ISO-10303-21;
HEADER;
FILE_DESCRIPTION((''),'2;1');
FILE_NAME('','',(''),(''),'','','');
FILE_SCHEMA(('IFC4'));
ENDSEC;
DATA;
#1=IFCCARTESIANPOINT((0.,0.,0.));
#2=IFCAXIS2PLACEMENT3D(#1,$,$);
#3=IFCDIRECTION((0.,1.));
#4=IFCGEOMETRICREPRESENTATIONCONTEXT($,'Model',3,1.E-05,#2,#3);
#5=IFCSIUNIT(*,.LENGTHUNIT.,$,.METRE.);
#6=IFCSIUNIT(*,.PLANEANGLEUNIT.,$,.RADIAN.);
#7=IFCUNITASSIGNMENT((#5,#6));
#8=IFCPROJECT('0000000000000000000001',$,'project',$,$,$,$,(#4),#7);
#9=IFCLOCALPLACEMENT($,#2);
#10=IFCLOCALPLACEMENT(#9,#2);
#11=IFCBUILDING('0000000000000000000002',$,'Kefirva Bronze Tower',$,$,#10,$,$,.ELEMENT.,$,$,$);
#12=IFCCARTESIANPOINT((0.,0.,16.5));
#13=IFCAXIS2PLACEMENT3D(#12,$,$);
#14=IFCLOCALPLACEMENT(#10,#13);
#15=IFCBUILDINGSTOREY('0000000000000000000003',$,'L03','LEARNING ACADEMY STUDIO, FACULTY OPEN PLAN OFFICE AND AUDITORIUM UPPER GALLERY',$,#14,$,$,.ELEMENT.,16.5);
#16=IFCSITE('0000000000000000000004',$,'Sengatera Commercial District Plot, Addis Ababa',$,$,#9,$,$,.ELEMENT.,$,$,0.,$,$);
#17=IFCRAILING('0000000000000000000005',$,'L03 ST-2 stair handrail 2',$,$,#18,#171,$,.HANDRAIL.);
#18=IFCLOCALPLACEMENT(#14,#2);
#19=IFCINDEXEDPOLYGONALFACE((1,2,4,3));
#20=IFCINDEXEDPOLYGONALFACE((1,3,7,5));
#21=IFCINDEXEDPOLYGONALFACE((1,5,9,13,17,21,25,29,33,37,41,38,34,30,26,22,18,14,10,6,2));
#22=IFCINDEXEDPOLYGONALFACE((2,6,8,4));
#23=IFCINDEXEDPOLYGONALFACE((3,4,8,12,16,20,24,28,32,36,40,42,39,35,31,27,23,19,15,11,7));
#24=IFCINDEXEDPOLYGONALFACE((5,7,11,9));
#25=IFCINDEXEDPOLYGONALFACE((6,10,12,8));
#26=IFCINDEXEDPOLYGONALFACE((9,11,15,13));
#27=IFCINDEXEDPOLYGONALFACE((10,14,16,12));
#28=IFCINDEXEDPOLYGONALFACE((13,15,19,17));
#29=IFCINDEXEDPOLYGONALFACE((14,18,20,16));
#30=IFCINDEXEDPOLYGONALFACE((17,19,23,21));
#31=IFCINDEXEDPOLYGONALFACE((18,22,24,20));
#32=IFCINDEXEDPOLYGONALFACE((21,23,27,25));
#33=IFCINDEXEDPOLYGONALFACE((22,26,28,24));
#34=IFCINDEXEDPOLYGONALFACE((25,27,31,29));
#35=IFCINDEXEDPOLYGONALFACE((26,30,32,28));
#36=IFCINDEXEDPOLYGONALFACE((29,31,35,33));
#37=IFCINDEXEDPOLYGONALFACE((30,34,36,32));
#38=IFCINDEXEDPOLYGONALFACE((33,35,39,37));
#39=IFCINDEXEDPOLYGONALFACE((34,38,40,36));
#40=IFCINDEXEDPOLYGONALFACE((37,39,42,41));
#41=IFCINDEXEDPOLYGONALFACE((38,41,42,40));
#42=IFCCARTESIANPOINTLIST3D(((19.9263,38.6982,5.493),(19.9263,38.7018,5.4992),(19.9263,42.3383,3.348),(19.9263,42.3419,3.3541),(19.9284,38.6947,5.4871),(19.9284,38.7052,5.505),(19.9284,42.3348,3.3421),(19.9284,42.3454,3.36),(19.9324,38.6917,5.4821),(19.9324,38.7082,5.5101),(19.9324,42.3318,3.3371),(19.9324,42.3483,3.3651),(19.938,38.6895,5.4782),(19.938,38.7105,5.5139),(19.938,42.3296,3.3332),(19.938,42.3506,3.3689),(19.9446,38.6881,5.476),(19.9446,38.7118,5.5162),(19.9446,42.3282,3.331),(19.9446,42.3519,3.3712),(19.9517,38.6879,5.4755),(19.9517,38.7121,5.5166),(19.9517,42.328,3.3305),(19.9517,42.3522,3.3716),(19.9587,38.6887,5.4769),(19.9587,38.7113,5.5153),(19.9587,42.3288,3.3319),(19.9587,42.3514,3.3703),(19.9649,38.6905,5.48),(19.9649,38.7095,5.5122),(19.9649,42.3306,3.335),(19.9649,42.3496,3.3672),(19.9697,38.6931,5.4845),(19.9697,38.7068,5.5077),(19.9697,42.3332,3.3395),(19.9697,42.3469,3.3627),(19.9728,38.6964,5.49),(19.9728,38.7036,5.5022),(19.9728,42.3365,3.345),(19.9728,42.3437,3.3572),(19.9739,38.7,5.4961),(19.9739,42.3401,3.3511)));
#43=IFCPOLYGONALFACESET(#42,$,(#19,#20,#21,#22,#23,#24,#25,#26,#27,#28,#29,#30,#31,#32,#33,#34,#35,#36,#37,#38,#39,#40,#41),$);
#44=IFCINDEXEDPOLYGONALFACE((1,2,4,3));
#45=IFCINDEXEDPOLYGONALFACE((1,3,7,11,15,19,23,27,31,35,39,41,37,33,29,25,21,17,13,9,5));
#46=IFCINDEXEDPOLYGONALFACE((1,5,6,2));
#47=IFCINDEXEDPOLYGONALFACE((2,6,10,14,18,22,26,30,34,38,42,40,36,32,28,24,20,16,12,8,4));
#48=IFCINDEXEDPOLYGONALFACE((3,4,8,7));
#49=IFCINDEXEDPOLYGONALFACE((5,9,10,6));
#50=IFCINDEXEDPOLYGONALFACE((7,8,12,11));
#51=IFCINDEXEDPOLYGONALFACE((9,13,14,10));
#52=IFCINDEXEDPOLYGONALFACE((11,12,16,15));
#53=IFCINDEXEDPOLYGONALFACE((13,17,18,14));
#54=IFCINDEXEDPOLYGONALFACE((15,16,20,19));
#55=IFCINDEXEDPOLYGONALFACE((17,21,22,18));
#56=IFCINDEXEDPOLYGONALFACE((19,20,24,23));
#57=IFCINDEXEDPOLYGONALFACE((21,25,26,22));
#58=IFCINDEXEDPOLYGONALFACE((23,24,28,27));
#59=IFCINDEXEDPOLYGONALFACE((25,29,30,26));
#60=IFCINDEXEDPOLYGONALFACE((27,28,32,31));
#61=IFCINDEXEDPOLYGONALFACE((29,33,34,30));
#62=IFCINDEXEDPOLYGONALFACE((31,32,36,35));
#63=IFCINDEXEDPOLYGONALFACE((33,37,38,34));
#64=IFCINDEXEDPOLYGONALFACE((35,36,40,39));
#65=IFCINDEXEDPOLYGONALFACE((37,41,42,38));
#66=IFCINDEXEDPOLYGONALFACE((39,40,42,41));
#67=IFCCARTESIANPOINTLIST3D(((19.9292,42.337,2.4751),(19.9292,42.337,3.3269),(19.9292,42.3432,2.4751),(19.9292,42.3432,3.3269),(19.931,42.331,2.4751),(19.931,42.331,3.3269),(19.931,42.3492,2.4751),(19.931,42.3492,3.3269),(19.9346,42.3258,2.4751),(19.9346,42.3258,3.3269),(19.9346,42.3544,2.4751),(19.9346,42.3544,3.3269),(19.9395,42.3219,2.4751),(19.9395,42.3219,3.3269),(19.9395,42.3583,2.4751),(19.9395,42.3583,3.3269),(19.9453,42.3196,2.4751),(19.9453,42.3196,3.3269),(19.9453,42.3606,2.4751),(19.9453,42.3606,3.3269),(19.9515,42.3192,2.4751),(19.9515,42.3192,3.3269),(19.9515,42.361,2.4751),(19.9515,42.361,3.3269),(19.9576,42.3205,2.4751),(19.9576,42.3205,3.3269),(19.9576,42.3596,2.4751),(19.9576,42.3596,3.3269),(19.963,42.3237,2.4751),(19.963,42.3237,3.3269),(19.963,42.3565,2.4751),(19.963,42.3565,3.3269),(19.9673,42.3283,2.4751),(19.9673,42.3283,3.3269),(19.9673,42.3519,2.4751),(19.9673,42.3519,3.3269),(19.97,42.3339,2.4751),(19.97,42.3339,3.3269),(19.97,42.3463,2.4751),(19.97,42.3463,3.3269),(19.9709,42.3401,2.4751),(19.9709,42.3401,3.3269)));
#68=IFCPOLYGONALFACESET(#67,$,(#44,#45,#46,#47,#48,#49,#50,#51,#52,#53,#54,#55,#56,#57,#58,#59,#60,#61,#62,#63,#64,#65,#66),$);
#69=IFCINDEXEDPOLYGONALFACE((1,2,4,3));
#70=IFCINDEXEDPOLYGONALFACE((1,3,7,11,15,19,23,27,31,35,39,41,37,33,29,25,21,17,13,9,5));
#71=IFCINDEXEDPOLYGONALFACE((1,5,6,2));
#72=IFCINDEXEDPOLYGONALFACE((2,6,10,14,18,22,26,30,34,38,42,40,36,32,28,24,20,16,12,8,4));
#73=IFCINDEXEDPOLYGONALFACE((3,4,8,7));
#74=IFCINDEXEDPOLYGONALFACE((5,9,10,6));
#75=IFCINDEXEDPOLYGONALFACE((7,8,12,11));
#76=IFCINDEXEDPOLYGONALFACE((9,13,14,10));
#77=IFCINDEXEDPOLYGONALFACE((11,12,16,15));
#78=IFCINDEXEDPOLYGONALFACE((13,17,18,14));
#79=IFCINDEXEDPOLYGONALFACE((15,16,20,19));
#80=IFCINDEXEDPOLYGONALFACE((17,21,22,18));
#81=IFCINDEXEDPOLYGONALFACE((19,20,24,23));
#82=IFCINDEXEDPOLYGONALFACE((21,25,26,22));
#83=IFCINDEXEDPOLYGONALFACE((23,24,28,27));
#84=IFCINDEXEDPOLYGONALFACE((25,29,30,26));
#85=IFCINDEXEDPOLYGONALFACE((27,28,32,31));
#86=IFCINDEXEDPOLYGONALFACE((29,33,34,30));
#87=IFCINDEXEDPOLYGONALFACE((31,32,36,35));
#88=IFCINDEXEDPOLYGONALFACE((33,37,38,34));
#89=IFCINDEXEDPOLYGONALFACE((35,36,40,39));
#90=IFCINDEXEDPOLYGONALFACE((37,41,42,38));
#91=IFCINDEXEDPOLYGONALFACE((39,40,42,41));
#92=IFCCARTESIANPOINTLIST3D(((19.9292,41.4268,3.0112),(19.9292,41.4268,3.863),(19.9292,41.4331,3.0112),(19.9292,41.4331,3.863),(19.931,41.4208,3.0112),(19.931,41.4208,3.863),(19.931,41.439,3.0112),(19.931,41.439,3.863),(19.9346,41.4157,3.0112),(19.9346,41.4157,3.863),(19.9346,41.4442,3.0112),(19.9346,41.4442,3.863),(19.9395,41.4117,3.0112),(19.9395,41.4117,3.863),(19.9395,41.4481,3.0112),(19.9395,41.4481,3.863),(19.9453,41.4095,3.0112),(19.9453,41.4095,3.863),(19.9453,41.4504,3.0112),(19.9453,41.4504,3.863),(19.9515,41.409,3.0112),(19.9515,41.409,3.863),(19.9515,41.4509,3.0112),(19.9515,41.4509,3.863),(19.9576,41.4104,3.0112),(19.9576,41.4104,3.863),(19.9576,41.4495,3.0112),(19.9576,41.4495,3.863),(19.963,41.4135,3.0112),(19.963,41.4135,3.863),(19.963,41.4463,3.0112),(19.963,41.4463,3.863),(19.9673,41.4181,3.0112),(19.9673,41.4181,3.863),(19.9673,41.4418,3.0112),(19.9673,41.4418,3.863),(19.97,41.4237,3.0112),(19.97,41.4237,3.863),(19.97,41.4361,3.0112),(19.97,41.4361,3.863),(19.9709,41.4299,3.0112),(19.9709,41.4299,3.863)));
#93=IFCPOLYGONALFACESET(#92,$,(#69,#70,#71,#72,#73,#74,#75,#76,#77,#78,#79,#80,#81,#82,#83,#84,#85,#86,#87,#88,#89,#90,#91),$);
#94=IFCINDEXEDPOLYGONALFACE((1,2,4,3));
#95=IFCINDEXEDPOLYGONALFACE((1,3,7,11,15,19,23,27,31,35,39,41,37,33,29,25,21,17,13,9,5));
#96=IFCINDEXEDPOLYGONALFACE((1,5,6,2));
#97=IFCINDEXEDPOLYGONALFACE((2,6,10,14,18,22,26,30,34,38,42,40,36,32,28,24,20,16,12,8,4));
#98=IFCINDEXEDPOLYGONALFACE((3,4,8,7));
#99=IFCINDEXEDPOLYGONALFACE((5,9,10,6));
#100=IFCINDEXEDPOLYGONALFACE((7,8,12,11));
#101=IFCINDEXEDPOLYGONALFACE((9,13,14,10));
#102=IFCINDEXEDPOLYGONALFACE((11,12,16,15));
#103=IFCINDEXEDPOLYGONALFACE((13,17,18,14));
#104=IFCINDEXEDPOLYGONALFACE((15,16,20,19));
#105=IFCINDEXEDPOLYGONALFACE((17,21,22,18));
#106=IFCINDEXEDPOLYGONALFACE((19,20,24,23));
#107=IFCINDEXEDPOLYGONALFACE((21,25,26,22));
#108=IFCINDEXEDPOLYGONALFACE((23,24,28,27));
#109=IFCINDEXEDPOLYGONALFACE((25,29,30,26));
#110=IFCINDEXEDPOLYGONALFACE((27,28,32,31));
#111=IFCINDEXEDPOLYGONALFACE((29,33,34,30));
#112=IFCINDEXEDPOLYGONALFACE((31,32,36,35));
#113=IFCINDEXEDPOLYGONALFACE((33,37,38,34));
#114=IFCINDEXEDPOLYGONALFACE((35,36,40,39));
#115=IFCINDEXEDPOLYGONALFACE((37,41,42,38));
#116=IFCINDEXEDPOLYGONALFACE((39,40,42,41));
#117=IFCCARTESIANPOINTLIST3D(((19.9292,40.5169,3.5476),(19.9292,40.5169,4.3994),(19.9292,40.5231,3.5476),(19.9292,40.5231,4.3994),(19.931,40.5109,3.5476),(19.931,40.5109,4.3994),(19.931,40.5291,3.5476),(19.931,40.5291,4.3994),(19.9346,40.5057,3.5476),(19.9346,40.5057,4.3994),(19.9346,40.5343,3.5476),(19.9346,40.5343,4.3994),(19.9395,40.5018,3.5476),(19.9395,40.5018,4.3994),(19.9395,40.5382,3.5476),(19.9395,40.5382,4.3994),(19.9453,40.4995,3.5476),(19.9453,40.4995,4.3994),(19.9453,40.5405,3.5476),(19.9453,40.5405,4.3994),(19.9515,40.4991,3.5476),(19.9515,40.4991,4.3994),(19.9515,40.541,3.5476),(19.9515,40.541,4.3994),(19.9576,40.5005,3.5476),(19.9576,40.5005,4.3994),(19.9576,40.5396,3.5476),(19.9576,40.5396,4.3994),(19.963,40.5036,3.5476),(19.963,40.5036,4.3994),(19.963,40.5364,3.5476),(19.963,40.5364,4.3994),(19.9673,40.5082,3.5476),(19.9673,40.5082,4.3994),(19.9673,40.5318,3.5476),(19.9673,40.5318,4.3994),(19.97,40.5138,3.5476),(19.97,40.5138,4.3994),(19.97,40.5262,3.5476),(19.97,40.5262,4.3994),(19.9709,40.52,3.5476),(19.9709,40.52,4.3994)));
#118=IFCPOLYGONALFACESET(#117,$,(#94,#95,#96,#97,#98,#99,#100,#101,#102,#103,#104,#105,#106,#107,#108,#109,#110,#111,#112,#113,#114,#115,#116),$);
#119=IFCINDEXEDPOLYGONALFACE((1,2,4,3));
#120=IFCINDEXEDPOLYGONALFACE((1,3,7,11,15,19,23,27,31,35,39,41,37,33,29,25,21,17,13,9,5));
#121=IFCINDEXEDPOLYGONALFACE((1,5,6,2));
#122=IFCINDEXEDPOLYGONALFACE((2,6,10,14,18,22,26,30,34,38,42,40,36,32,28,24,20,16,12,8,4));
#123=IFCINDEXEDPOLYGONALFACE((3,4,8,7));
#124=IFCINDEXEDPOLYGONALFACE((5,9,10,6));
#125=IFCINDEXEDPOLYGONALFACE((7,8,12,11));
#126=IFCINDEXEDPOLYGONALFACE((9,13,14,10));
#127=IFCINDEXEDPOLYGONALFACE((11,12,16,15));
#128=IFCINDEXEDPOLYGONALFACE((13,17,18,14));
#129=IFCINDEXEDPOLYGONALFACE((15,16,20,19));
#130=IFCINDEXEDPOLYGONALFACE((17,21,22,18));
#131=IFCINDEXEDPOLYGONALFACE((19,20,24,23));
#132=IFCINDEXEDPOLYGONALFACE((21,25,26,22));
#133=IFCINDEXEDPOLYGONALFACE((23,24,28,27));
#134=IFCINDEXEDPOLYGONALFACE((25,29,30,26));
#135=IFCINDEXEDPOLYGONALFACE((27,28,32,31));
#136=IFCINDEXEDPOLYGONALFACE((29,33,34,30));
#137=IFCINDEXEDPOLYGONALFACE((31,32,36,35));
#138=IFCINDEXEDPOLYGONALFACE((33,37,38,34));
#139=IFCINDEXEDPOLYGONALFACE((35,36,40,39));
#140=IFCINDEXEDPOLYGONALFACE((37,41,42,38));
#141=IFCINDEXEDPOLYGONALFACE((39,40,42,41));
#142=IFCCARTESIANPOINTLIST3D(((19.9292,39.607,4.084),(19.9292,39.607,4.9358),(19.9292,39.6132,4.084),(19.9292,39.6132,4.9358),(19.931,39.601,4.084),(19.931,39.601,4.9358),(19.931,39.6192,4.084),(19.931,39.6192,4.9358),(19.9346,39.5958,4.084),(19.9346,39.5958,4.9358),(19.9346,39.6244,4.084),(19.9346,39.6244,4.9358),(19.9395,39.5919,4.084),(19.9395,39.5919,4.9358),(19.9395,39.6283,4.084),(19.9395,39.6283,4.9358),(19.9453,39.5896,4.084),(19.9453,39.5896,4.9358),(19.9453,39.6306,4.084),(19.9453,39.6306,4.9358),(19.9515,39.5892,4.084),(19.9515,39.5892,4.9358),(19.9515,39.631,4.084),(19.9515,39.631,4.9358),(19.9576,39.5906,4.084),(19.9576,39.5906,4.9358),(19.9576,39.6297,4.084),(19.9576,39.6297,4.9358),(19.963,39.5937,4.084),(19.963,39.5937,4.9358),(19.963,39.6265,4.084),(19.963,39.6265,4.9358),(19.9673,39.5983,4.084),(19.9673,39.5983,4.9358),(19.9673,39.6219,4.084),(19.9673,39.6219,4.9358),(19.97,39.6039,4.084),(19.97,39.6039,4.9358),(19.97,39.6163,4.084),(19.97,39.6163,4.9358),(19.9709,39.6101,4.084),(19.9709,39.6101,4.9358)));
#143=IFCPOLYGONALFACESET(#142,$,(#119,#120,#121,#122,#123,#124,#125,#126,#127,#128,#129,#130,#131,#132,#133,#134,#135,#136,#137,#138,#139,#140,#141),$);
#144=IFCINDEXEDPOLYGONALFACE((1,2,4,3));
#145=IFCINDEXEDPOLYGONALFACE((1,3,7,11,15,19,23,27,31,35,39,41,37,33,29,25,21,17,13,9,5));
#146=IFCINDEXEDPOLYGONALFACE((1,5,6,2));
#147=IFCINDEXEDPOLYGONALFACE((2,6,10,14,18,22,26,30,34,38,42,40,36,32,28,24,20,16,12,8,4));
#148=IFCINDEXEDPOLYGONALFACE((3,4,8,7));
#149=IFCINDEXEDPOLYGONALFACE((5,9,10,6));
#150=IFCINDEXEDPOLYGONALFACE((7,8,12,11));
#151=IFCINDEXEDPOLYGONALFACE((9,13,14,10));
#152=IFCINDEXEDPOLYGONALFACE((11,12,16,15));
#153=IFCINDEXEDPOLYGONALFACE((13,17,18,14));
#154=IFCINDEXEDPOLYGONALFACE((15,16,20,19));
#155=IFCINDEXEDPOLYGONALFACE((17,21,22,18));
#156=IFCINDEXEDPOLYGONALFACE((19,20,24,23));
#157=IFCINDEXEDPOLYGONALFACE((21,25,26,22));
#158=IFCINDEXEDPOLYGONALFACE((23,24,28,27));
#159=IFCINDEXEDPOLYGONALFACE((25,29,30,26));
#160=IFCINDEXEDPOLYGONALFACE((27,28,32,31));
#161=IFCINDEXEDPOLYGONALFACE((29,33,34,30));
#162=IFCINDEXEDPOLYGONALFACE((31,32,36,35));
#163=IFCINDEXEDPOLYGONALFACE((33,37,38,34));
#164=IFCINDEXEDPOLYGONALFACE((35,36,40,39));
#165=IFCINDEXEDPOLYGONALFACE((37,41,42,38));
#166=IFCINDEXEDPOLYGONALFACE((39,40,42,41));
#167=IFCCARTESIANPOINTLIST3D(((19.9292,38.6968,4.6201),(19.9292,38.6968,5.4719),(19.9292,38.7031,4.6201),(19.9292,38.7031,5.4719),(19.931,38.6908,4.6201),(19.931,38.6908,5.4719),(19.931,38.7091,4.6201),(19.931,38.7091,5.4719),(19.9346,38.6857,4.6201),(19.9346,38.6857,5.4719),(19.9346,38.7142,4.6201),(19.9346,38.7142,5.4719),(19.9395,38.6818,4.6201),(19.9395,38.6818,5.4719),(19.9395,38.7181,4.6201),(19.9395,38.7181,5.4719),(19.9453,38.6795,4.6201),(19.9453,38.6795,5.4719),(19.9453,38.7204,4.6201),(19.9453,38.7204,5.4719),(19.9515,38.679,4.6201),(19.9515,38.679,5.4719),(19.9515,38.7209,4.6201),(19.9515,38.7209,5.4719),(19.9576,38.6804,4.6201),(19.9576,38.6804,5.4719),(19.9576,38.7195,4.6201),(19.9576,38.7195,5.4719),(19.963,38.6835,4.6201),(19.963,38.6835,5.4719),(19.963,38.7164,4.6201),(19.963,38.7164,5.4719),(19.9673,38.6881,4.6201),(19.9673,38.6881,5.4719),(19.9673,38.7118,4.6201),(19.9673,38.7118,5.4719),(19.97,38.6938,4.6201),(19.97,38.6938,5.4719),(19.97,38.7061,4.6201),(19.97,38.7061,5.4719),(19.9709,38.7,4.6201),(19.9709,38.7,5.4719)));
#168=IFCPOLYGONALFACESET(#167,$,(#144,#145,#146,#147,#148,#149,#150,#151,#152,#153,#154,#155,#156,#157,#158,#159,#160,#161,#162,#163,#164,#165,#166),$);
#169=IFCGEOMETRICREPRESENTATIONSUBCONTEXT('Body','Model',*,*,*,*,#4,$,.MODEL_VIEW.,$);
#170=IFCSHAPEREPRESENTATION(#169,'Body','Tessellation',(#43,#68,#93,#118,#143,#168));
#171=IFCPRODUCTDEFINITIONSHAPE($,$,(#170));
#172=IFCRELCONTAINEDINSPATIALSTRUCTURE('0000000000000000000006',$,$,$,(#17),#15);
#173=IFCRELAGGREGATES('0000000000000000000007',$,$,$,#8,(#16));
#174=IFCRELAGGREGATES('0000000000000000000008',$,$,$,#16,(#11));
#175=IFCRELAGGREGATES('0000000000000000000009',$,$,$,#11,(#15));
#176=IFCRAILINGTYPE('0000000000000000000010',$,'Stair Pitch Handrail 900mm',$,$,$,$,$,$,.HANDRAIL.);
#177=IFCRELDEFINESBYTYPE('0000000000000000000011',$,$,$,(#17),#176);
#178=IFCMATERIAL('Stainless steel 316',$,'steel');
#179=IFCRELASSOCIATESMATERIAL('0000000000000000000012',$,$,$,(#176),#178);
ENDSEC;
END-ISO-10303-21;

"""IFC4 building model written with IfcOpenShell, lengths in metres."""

from ifc_helpers import new_model, si_unit, direction, frame, origin, origin_2d, place, context, subcontext, project, spatial, circle, extrude, material, type_object, element, save


model = new_model("IFC4")

# Units and contexts
model_context = context("Model", 3, precision=1e-05, world=origin(), true_north=direction((0.0, 1.0)))
body_context = subcontext(model_context, "Body", "Model", "MODEL_VIEW")
ifc_project = project(units=[si_unit("LENGTHUNIT", "METRE"), si_unit("PLANEANGLEUNIT", "RADIAN")], contexts=[model_context])

# Site, building, storey
site_placement = place(None, origin())
site = spatial("IfcSite", under=ifc_project, at=site_placement, Name="Sengatera Commercial District Plot, Addis Ababa", CompositionType="ELEMENT", RefElevation=0.0)
building_placement = place(site_placement, origin())
building = spatial("IfcBuilding", under=site, at=building_placement, Name="Kefirva Bronze Tower", CompositionType="ELEMENT")
storey_placement = place(building_placement, frame((0.0, 0.0, 16.5)))
storey = spatial("IfcBuildingStorey", under=building, at=storey_placement, Name="L03", Description="LEARNING ACADEMY STUDIO, FACULTY OPEN PLAN OFFICE AND AUDITORIUM UPPER GALLERY", CompositionType="ELEMENT", Elevation=16.5)

# Railing
ifc_material_1 = material(Name="Stainless steel 316", Category="steel")
railing_type_1 = type_object("IfcRailingType", Name="Stair Pitch Handrail 900mm", PredefinedType="HANDRAIL", material=ifc_material_1)
railing_1_placement = place(storey_placement, frame((19.95, 42.3401, 2.4751)))
element("IfcRailing", 1, at=railing_1_placement, inside=storey, type_object=railing_type_1, Name="L03 ST-2 stair handrail 2", PredefinedType="HANDRAIL", context=body_context, shape_type="SweptSolid", body=[
    extrude(circle(Radius=0.0239, at=origin_2d()), frame((0.0, 0.0, 0.876), z_axis=(0.0, -0.861545, 0.507682), x_axis=(1.0, 0.0, 0.0)), (0.0, 0.0, 1.0), 4.2251),
    extrude(circle(Radius=0.021, at=origin_2d()), origin(), (0.0, 0.0, 1.0), 0.8518),
    extrude(circle(Radius=0.021, at=origin_2d()), frame((0.0, -0.9102, 0.5361)), (0.0, 0.0, 1.0), 0.8518),
    extrude(circle(Radius=0.021, at=origin_2d()), frame((0.0, -1.8201, 1.0725)), (0.0, 0.0, 1.0), 0.8518),
    extrude(circle(Radius=0.021, at=origin_2d()), frame((0.0, -2.73, 1.6089)), (0.0, 0.0, 1.0), 0.8518),
    extrude(circle(Radius=0.021, at=origin_2d()), frame((0.0, -3.6401, 2.145)), (0.0, 0.0, 1.0), 0.8518),
])

save(model, "model.ifc")
